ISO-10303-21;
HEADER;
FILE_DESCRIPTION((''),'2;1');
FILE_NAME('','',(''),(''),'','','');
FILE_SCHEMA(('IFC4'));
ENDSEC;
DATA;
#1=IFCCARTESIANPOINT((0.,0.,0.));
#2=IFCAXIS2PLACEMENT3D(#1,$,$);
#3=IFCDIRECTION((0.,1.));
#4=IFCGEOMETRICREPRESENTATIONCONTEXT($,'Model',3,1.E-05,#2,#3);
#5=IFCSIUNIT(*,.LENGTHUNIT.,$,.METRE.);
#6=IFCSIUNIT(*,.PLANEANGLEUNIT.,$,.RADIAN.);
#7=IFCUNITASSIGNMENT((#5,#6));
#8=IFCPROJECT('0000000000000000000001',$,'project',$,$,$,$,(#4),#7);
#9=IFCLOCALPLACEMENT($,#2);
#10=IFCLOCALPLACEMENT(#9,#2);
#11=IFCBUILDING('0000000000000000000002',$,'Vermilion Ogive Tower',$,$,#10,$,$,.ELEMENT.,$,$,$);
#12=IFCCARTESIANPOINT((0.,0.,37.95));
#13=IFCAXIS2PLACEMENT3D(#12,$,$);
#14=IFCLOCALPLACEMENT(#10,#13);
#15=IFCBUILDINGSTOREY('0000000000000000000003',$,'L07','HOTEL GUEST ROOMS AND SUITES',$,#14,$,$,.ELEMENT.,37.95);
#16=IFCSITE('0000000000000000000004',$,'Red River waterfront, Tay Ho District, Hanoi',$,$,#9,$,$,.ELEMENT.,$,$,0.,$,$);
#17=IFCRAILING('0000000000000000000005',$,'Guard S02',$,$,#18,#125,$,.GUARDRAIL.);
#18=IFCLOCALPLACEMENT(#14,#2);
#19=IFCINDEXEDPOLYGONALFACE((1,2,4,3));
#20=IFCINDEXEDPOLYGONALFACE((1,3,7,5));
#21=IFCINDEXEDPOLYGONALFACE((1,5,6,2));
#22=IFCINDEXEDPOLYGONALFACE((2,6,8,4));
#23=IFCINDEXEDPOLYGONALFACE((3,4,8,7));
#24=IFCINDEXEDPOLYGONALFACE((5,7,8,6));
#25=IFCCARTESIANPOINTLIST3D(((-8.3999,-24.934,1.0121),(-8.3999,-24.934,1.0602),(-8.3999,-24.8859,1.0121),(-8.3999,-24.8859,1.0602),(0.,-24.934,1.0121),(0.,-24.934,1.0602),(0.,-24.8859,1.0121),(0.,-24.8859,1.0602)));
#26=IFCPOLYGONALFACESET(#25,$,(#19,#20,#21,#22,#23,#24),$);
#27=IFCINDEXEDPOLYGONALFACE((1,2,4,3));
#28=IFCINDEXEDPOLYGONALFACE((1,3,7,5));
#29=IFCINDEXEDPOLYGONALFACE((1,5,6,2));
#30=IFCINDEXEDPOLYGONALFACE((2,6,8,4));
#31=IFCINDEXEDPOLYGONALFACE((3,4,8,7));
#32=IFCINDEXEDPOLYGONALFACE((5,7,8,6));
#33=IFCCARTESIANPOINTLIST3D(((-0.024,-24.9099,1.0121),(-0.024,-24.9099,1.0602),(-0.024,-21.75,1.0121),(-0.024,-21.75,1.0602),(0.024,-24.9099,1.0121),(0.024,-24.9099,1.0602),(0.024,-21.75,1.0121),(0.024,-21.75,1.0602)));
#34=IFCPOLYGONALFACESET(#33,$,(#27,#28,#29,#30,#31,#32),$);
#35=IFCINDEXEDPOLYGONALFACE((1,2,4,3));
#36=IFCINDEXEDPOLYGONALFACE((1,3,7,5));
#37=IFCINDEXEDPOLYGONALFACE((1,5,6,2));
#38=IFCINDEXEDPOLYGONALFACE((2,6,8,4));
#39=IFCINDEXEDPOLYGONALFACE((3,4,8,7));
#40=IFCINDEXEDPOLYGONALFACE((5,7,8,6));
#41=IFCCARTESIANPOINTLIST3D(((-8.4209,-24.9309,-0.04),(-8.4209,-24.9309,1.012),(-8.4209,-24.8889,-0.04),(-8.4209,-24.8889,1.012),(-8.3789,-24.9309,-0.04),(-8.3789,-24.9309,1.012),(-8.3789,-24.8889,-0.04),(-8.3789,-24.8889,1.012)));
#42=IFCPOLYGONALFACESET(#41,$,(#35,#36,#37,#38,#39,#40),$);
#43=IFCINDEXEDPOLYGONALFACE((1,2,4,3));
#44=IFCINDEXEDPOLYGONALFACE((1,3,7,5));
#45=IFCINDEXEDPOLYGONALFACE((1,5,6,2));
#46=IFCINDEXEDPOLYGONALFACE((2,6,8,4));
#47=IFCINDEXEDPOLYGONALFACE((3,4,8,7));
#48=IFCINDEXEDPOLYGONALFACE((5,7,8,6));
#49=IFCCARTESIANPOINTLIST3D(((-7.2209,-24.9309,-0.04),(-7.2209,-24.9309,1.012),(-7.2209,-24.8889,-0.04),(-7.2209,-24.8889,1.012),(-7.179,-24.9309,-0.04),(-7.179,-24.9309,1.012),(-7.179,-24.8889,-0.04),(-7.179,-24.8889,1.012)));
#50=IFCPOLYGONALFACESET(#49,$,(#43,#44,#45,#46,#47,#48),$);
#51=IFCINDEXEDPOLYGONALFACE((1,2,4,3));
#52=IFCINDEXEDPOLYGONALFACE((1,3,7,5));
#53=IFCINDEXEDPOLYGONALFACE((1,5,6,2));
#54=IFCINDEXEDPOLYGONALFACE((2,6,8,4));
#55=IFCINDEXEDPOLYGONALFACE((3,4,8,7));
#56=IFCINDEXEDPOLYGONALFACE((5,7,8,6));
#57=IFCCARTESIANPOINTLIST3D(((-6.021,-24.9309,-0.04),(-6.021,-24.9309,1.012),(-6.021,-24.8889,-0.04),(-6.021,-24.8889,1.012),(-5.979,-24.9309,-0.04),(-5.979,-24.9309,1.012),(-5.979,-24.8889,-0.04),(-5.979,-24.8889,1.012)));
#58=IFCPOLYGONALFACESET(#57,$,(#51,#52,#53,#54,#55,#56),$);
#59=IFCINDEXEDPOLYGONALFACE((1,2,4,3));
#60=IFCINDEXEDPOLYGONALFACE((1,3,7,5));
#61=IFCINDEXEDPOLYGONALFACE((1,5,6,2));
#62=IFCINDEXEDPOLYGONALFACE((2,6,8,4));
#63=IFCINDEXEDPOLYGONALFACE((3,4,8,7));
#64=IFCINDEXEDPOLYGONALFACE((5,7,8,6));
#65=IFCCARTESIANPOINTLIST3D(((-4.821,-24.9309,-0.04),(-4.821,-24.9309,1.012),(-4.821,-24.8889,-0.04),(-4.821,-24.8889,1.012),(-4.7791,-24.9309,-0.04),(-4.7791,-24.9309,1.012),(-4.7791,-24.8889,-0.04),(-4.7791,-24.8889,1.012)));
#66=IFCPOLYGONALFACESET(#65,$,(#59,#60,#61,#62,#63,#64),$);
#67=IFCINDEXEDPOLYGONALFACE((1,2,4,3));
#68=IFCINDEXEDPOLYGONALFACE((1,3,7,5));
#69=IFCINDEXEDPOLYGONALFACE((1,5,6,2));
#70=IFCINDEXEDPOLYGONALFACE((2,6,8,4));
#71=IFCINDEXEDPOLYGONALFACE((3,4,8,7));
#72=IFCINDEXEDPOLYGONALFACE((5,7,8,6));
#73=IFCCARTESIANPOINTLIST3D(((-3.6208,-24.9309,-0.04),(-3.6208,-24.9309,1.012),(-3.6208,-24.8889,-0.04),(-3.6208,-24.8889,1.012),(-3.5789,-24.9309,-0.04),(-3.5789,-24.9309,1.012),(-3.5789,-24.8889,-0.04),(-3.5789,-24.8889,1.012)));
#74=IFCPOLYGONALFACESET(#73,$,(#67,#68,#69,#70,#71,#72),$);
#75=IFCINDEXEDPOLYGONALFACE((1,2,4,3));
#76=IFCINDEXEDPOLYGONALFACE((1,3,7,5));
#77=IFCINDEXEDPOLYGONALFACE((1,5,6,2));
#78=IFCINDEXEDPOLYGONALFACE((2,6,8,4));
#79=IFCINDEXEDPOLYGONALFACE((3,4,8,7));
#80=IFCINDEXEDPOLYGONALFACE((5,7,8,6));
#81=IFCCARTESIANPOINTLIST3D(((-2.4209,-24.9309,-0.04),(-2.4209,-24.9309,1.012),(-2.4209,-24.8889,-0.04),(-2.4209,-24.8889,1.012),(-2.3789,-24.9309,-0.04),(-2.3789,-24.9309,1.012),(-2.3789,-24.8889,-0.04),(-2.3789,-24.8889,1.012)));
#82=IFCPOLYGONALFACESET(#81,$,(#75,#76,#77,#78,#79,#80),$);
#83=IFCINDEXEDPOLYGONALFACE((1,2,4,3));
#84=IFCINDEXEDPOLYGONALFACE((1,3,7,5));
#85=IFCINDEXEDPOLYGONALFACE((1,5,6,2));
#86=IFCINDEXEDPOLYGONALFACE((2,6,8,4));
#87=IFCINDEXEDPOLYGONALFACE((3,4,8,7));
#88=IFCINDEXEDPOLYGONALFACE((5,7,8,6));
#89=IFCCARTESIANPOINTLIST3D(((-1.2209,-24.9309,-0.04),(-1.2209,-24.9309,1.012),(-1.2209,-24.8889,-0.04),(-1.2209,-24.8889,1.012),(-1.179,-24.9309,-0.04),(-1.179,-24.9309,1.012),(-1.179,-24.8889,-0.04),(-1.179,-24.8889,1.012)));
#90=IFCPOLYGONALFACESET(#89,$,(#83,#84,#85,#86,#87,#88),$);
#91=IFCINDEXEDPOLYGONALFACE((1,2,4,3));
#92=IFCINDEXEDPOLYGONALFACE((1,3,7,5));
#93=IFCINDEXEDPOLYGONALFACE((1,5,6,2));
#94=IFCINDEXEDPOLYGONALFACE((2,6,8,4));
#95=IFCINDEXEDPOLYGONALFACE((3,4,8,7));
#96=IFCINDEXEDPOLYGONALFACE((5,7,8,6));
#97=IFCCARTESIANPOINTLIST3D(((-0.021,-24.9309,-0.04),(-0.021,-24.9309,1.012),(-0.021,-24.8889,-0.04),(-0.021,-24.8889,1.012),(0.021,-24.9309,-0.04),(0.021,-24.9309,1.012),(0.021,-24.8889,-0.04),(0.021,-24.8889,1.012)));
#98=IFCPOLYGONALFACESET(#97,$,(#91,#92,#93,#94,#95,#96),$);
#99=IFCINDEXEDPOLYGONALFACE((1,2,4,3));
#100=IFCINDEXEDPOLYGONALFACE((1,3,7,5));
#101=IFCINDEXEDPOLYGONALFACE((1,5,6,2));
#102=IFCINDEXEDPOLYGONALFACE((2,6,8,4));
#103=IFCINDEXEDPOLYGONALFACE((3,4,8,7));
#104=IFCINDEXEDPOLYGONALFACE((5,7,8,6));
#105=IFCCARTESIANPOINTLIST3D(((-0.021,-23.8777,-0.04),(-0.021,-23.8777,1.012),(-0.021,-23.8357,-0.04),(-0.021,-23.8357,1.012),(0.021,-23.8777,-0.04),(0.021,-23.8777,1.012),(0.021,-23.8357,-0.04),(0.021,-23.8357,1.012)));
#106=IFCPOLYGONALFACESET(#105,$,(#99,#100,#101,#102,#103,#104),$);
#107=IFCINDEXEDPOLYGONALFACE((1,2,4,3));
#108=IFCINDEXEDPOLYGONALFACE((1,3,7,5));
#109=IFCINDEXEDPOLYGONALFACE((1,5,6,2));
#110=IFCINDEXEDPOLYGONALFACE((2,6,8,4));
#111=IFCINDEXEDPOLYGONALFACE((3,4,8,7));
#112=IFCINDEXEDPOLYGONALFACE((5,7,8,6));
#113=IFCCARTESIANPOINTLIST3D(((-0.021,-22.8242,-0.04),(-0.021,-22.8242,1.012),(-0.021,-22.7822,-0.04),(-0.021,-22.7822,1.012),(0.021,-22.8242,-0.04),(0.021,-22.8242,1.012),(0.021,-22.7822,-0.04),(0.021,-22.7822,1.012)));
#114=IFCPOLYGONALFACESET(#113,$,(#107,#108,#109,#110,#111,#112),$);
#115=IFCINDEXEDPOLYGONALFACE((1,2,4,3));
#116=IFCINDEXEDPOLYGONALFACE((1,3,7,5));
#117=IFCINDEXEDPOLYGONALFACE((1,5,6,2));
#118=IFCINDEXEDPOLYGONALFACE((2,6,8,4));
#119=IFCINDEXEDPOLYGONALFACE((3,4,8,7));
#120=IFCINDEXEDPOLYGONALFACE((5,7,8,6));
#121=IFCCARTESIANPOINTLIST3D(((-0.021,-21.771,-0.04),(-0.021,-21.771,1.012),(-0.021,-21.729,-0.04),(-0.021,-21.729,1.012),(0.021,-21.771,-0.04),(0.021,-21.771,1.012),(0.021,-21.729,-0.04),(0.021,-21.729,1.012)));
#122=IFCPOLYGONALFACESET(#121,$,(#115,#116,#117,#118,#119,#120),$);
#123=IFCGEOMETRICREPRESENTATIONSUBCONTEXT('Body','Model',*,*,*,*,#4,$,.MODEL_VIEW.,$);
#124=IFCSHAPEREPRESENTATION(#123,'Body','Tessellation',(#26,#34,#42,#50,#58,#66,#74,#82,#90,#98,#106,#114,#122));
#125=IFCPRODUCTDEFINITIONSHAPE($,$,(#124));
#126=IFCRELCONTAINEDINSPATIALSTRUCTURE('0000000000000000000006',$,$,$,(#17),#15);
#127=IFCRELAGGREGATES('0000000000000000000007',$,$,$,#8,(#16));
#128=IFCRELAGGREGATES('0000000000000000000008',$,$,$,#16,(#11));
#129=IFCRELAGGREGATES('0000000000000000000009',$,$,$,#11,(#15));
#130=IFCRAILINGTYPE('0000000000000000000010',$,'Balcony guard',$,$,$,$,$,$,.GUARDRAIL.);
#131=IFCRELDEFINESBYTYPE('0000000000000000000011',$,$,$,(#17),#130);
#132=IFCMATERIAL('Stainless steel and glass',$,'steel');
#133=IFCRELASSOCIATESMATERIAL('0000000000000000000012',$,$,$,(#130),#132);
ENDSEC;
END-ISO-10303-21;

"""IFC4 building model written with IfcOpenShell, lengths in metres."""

from ifc_helpers import new_model, si_unit, direction, frame, origin, origin_2d, place, context, subcontext, project, spatial, rectangle, extrude, material, type_object, element, save


model = new_model("IFC4")

# Units and contexts
model_context = context("Model", 3, precision=1e-05, world=origin(), true_north=direction((0.0, 1.0)))
body_context = subcontext(model_context, "Body", "Model", "MODEL_VIEW")
ifc_project = project(units=[si_unit("LENGTHUNIT", "METRE"), si_unit("PLANEANGLEUNIT", "RADIAN")], contexts=[model_context])

# Site, building, storey
site_placement = place(None, origin())
site = spatial("IfcSite", under=ifc_project, at=site_placement, Name="Red River waterfront, Tay Ho District, Hanoi", CompositionType="ELEMENT", RefElevation=0.0)
building_placement = place(site_placement, origin())
building = spatial("IfcBuilding", under=site, at=building_placement, Name="Vermilion Ogive Tower", CompositionType="ELEMENT")
storey_placement = place(building_placement, frame((0.0, 0.0, 37.95)))
storey = spatial("IfcBuildingStorey", under=building, at=storey_placement, Name="L07", Description="HOTEL GUEST ROOMS AND SUITES", CompositionType="ELEMENT", Elevation=37.95)

# Railing
ifc_material_1 = material(Name="Stainless steel and glass", Category="steel")
railing_type_1 = type_object("IfcRailingType", Name="Balcony guard", PredefinedType="GUARDRAIL", material=ifc_material_1)
railing_1_placement = place(storey_placement, frame((-8.3999, -24.9099, -0.04)))
element("IfcRailing", 1, at=railing_1_placement, inside=storey, type_object=railing_type_1, Name="Guard S02", PredefinedType="GUARDRAIL", context=body_context, shape_type="SweptSolid", body=[
    extrude(rectangle(XDim=0.0481, YDim=0.0481, at=origin_2d()), frame((0.0, 0.0, 1.0762), z_axis=(1.0, 0.0, 0.0), x_axis=(0.0, 1.0, 0.0)), (0.0, 0.0, 1.0), 8.3999),
    extrude(rectangle(XDim=0.0481, YDim=0.0481, at=origin_2d()), frame((8.3999, 0.0, 1.0762), z_axis=(0.0, 1.0, 0.0), x_axis=(-1.0, 0.0, 0.0)), (0.0, 0.0, 1.0), 3.1599),
    extrude(rectangle(XDim=0.042, YDim=0.042, at=origin_2d()), origin(), (0.0, 0.0, 1.0), 1.052),
    extrude(rectangle(XDim=0.042, YDim=0.042, at=origin_2d()), frame((1.2, 0.0, 0.0)), (0.0, 0.0, 1.0), 1.052),
    extrude(rectangle(XDim=0.042, YDim=0.042, at=origin_2d()), frame((2.3999, 0.0, 0.0)), (0.0, 0.0, 1.0), 1.052),
    extrude(rectangle(XDim=0.042, YDim=0.042, at=origin_2d()), frame((3.5999, 0.0, 0.0)), (0.0, 0.0, 1.0), 1.052),
    extrude(rectangle(XDim=0.042, YDim=0.042, at=origin_2d()), frame((4.8, 0.0, 0.0)), (0.0, 0.0, 1.0), 1.052),
    extrude(rectangle(XDim=0.042, YDim=0.042, at=origin_2d()), frame((6.0, 0.0, 0.0)), (0.0, 0.0, 1.0), 1.052),
    extrude(rectangle(XDim=0.042, YDim=0.042, at=origin_2d()), frame((7.2, 0.0, 0.0)), (0.0, 0.0, 1.0), 1.052),
    extrude(rectangle(XDim=0.042, YDim=0.042, at=origin_2d()), frame((8.3999, 0.0, 0.0)), (0.0, 0.0, 1.0), 1.052),
    extrude(rectangle(XDim=0.042, YDim=0.042, at=origin_2d()), frame((8.3999, 1.0532, 0.0)), (0.0, 0.0, 1.0), 1.052),
    extrude(rectangle(XDim=0.042, YDim=0.042, at=origin_2d()), frame((8.3999, 2.1067, 0.0)), (0.0, 0.0, 1.0), 1.052),
    extrude(rectangle(XDim=0.042, YDim=0.042, at=origin_2d()), frame((8.3999, 3.1599, 0.0)), (0.0, 0.0, 1.0), 1.052),
])

save(model, "model.ifc")
